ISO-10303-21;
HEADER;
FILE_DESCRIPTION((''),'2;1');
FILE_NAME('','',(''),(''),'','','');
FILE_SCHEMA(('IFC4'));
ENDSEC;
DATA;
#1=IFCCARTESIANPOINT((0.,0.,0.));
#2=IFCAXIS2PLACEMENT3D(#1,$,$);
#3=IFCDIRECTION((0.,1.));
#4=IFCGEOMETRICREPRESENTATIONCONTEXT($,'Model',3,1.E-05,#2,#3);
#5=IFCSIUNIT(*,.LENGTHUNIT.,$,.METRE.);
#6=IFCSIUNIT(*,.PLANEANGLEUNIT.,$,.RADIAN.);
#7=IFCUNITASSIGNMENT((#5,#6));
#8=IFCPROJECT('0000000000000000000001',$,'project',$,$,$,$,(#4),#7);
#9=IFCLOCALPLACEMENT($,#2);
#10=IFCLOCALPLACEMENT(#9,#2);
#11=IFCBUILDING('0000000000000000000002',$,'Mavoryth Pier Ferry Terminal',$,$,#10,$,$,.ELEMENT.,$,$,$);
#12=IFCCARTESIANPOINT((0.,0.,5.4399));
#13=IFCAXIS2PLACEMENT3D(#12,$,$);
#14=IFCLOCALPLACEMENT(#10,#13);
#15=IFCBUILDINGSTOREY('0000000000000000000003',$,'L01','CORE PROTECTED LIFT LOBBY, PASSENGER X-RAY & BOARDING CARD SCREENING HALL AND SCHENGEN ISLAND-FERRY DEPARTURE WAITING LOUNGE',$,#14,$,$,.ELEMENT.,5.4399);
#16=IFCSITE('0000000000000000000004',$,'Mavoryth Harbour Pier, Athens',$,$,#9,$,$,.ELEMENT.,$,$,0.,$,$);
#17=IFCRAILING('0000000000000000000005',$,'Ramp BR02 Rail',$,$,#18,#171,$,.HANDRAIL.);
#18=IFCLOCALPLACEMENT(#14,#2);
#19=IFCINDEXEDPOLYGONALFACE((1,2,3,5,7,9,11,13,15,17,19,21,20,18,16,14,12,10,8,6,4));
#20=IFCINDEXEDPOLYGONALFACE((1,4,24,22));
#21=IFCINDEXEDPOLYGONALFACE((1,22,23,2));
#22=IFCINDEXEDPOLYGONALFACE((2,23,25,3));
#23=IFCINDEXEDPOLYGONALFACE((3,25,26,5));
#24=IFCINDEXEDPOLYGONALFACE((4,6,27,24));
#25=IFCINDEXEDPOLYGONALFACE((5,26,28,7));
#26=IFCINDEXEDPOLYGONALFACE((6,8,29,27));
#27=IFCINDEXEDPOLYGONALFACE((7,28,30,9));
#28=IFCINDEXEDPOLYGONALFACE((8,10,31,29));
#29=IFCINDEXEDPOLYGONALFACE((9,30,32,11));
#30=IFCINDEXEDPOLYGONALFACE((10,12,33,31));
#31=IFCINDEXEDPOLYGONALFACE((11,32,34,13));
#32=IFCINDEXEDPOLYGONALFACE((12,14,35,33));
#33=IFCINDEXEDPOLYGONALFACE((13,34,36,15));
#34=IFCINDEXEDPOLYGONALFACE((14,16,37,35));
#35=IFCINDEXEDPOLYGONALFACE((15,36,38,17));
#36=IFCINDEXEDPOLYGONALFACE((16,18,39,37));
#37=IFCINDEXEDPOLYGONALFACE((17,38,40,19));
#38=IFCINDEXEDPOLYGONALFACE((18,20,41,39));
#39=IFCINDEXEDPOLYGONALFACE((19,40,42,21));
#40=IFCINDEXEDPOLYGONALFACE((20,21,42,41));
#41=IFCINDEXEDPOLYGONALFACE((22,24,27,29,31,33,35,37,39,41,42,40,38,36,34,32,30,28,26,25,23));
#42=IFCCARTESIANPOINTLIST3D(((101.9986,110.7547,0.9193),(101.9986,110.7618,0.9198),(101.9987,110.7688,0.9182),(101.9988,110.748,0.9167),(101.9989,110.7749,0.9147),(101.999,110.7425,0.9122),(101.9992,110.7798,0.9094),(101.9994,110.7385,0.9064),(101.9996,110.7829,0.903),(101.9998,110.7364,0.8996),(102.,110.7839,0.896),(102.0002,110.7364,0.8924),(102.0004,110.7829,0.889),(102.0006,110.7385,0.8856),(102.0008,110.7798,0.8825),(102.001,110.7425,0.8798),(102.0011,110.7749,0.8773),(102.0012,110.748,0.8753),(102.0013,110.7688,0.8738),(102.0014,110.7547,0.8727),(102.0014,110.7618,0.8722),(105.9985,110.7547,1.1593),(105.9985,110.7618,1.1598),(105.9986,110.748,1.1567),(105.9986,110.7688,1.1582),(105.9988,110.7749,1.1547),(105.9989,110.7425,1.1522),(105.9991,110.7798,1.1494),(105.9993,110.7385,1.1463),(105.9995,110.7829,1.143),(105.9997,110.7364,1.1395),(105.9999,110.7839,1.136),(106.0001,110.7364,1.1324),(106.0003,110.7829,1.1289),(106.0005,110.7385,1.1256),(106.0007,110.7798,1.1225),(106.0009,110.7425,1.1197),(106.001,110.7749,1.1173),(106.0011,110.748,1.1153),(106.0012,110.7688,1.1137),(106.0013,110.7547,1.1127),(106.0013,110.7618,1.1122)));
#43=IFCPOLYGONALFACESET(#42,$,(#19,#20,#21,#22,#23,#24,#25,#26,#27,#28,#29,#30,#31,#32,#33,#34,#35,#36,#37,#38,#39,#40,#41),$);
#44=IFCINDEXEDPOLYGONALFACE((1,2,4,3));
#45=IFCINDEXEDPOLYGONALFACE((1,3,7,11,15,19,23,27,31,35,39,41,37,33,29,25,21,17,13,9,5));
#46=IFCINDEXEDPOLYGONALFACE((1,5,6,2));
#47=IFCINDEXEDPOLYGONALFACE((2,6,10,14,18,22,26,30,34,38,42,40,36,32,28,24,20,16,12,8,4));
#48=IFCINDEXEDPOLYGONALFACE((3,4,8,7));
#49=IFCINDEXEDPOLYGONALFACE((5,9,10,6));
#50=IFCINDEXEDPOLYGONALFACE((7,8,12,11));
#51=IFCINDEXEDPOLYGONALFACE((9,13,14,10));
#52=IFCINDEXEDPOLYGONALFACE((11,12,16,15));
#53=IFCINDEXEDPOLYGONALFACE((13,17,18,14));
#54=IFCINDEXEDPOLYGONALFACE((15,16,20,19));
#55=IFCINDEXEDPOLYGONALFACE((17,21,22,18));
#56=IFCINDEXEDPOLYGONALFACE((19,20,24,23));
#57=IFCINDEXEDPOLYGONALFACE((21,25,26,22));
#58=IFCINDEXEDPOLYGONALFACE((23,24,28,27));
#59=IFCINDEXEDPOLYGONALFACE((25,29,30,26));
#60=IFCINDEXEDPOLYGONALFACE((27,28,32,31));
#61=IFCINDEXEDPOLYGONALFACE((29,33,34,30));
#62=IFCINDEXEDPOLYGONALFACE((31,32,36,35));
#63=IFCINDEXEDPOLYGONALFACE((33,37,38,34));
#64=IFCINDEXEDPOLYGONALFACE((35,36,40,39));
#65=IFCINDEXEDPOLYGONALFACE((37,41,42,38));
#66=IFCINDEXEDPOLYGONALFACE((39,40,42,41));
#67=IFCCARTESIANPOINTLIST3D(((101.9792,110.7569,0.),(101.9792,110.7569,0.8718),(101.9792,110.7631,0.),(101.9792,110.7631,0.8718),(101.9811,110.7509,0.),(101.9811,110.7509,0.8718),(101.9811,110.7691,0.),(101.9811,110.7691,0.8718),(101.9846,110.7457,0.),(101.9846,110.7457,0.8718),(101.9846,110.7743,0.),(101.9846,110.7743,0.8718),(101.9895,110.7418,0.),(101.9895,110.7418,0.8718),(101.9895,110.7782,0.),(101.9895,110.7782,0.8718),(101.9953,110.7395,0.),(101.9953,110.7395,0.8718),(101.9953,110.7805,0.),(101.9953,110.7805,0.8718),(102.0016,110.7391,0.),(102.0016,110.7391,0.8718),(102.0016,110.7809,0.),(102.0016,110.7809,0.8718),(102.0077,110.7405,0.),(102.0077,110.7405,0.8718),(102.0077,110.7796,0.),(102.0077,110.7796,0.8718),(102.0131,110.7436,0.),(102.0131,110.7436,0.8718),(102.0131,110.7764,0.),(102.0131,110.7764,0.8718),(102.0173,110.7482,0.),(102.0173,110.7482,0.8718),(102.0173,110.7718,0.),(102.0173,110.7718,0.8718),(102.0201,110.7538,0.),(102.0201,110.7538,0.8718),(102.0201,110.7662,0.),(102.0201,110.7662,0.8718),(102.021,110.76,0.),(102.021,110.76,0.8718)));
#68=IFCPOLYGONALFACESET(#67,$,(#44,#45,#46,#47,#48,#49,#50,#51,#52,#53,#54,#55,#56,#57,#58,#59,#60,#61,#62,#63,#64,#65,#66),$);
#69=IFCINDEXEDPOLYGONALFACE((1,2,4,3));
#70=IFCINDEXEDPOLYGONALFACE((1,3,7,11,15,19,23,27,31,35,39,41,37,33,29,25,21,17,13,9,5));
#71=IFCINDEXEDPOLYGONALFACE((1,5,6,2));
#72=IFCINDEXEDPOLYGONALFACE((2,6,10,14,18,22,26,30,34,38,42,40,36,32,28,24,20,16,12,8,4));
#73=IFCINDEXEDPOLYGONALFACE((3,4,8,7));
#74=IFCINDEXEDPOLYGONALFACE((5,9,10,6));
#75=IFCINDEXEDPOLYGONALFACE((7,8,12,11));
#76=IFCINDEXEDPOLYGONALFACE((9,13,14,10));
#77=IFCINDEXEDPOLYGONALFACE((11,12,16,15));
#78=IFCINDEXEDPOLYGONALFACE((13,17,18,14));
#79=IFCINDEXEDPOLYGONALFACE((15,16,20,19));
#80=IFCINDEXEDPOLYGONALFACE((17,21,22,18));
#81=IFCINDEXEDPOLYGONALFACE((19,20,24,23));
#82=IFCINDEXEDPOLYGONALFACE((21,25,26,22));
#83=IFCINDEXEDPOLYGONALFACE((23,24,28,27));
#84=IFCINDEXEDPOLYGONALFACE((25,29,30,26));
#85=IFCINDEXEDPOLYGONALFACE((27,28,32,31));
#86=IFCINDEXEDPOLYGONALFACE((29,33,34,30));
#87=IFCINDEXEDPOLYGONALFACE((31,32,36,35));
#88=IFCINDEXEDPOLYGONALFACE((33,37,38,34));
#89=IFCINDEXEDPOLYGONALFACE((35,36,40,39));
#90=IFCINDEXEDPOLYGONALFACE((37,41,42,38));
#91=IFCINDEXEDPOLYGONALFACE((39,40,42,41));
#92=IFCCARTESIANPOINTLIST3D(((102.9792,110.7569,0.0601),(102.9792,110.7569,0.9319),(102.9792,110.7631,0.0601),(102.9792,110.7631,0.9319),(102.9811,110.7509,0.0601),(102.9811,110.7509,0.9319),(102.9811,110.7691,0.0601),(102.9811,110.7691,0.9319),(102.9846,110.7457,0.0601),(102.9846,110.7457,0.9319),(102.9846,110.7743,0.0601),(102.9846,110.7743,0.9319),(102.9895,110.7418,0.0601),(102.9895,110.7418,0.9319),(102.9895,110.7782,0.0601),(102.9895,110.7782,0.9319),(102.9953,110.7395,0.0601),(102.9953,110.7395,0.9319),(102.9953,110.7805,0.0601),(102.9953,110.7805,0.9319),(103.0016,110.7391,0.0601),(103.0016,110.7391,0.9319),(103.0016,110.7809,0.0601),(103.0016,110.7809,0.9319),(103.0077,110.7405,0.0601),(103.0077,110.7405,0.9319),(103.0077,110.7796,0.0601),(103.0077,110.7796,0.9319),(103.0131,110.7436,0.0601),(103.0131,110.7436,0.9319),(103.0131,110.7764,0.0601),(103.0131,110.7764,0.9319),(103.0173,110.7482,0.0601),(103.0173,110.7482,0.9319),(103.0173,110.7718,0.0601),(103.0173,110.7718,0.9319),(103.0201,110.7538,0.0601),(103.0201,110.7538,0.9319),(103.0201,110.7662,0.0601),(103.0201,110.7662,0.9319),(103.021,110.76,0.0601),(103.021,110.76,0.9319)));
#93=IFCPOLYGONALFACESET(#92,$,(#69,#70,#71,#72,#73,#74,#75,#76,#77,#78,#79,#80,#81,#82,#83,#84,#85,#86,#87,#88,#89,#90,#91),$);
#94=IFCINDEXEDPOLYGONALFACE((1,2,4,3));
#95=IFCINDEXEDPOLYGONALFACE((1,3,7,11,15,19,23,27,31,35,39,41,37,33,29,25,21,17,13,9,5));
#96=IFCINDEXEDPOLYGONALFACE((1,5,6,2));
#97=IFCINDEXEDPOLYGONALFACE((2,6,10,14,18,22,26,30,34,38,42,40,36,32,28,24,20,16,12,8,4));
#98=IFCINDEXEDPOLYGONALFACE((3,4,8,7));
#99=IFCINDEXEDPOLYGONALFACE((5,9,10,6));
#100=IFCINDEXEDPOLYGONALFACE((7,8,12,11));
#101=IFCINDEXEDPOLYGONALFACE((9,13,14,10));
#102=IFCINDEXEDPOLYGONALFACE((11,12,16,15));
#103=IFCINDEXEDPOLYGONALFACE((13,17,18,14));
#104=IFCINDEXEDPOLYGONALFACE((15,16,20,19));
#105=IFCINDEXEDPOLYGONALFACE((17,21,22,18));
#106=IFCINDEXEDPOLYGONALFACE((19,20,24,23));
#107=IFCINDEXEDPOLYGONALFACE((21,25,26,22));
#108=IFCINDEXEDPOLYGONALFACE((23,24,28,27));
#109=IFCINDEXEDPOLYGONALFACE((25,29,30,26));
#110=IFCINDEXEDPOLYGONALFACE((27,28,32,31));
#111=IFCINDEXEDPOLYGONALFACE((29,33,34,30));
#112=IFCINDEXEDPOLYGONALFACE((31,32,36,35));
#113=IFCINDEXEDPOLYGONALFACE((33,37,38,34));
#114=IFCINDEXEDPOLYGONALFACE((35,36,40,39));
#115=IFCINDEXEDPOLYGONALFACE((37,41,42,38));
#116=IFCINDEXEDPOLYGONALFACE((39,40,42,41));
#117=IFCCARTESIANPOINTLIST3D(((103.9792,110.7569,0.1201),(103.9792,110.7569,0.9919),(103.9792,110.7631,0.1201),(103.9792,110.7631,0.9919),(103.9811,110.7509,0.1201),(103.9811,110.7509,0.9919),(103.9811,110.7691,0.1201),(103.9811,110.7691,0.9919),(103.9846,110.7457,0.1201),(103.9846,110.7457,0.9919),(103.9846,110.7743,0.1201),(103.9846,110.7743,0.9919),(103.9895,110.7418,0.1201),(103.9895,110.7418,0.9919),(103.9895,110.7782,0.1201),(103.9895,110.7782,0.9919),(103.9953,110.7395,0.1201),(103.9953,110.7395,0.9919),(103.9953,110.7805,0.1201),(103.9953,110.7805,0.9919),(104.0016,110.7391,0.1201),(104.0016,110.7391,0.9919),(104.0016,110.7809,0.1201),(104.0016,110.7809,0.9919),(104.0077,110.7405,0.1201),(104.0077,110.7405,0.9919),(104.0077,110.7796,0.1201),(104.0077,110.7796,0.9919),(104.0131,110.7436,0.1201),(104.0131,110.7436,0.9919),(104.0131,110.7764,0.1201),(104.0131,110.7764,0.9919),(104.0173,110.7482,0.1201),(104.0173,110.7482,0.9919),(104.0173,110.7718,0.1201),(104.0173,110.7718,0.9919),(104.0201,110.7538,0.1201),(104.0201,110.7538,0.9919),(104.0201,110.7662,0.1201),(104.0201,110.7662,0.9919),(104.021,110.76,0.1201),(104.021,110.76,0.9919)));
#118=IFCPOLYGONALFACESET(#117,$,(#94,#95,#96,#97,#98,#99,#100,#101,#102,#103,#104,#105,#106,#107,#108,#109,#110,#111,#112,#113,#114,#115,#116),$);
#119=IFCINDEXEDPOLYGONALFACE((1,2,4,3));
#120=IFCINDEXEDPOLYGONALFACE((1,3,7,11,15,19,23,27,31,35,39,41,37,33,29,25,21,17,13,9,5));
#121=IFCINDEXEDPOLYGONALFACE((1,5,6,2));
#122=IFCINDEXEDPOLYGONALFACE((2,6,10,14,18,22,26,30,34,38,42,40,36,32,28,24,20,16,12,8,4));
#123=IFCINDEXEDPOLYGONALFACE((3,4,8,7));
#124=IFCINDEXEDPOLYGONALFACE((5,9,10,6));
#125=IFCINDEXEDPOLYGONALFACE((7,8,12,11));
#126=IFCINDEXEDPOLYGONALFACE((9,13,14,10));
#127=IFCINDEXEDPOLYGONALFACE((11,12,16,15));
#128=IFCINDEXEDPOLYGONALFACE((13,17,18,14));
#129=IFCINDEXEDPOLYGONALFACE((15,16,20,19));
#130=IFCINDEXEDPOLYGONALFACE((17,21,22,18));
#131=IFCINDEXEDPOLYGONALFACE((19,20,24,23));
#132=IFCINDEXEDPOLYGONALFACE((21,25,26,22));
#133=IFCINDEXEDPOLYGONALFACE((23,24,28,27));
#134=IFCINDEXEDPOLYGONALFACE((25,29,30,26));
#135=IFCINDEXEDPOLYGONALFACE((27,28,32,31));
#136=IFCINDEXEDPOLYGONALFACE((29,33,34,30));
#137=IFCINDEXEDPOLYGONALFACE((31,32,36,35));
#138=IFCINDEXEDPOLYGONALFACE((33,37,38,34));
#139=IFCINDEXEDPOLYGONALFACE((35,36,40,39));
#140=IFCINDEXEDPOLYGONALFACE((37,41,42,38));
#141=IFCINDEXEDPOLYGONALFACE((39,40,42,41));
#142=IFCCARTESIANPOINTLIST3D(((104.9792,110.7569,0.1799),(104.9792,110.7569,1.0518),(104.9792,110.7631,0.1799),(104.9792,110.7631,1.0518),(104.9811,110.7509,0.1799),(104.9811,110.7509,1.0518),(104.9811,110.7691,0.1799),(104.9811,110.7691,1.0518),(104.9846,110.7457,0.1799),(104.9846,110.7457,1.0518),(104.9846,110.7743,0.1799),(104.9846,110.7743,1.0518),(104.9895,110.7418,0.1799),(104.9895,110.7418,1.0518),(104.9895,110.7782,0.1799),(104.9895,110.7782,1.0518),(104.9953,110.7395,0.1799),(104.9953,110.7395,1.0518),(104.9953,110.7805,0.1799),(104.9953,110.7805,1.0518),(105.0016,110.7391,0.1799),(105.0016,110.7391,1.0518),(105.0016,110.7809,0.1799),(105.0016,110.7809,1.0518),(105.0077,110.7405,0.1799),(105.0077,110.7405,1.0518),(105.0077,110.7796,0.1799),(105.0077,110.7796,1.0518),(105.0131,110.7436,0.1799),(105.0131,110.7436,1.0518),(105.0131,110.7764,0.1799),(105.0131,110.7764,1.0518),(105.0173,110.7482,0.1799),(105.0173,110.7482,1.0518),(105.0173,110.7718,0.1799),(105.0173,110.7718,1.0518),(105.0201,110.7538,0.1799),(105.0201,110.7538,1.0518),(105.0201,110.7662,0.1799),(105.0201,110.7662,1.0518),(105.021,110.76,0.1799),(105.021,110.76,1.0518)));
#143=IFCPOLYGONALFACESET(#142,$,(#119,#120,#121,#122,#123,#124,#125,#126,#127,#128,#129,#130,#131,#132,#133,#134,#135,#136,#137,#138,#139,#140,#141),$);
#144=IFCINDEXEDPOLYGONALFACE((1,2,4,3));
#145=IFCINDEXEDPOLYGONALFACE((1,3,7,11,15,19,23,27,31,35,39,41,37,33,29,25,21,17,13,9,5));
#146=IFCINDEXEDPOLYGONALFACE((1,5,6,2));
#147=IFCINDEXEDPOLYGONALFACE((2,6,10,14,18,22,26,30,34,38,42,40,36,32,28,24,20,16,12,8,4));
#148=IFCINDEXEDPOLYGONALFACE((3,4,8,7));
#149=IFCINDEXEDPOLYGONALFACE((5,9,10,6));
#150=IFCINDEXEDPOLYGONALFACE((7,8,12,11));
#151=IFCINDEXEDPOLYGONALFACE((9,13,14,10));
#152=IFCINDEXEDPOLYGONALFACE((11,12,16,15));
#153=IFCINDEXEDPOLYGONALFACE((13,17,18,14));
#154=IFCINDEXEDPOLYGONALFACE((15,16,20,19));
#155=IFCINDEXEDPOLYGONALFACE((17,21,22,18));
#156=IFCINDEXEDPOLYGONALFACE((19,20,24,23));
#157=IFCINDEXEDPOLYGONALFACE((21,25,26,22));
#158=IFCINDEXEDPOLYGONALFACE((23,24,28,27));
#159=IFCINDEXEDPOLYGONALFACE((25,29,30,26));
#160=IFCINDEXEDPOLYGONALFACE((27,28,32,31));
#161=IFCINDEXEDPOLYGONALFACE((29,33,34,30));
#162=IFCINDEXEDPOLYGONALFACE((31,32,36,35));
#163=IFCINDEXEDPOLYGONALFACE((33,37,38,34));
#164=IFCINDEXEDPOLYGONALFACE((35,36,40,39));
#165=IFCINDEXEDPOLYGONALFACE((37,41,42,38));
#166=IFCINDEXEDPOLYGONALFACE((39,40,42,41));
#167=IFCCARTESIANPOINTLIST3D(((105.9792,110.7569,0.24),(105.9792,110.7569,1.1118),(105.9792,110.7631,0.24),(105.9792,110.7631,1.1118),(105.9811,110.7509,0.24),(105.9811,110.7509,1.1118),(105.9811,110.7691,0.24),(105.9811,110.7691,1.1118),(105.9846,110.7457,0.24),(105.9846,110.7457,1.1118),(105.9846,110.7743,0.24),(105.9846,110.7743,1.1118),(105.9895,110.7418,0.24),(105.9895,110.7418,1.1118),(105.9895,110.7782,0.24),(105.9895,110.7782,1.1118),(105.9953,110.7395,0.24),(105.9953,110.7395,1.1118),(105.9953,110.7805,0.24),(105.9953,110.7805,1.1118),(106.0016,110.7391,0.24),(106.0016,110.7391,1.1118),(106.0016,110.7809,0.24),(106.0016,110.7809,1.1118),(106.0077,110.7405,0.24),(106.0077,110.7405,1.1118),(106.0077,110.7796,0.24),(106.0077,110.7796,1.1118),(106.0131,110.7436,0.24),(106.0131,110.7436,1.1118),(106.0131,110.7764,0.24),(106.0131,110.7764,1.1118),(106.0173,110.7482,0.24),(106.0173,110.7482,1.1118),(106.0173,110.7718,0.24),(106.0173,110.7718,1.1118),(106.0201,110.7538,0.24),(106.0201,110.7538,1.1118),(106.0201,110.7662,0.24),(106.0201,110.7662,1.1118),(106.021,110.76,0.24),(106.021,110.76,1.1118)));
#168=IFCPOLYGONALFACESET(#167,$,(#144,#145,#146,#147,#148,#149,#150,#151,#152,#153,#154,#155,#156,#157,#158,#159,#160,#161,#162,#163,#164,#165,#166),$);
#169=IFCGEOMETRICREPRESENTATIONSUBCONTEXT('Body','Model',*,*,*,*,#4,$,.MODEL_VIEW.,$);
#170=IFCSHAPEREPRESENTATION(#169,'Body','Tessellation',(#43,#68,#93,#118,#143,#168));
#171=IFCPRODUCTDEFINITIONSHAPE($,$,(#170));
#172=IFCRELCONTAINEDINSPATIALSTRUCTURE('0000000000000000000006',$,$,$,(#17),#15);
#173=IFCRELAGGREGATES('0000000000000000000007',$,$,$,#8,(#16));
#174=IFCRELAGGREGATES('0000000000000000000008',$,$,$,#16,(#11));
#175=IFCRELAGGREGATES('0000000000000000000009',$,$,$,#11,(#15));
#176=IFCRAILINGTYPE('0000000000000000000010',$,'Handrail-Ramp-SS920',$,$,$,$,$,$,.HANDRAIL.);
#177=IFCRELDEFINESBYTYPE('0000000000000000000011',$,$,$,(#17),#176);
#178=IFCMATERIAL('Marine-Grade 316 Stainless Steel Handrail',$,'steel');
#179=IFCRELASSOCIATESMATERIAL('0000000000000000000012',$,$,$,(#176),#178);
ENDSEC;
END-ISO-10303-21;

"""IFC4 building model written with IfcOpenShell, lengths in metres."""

from ifc_helpers import new_model, si_unit, direction, frame, origin, origin_2d, place, context, subcontext, project, spatial, circle, extrude, material, type_object, element, save


model = new_model("IFC4")

# Units and contexts
model_context = context("Model", 3, precision=1e-05, world=origin(), true_north=direction((0.0, 1.0)))
body_context = subcontext(model_context, "Body", "Model", "MODEL_VIEW")
ifc_project = project(units=[si_unit("LENGTHUNIT", "METRE"), si_unit("PLANEANGLEUNIT", "RADIAN")], contexts=[model_context])

# Site, building, storey
site_placement = place(None, origin())
site = spatial("IfcSite", under=ifc_project, at=site_placement, Name="Mavoryth Harbour Pier, Athens", CompositionType="ELEMENT", RefElevation=0.0)
building_placement = place(site_placement, origin())
building = spatial("IfcBuilding", under=site, at=building_placement, Name="Mavoryth Pier Ferry Terminal", CompositionType="ELEMENT")
storey_placement = place(building_placement, frame((0.0, 0.0, 5.4399)))
storey = spatial("IfcBuildingStorey", under=building, at=storey_placement, Name="L01", Description="CORE PROTECTED LIFT LOBBY, PASSENGER X-RAY & BOARDING CARD SCREENING HALL AND SCHENGEN ISLAND-FERRY DEPARTURE WAITING LOUNGE", CompositionType="ELEMENT", Elevation=5.4399)

# Railing
ifc_material_1 = material(Name="Marine-Grade 316 Stainless Steel Handrail", Category="steel")
railing_type = type_object("IfcRailingType", Name="Handrail-Ramp-SS920", PredefinedType="HANDRAIL", material=ifc_material_1)
for number, where, name in (
    (1, (102.0, 110.76, 0.0), "Ramp BR02 Rail"),
):
    element("IfcRailing", number, at=place(storey_placement, frame(where)), inside=storey, type_object=railing_type, Name=name, PredefinedType="HANDRAIL", context=body_context, shape_type="SweptSolid", body=[
        extrude(circle(Radius=0.0239, at=origin_2d()), frame((0.0, 0.0, 0.896), z_axis=(0.998205, 0.0, 0.05989), x_axis=(0.0, 1.0, 0.0)), (0.0, 0.0, 1.0), 4.0071),
        extrude(circle(Radius=0.021, at=origin_2d()), origin(), (0.0, 0.0, 1.0), 0.8718),
        extrude(circle(Radius=0.021, at=origin_2d()), frame((1.0, 0.0, 0.0601)), (0.0, 0.0, 1.0), 0.8718),
        extrude(circle(Radius=0.021, at=origin_2d()), frame((2.0, 0.0, 0.1201)), (0.0, 0.0, 1.0), 0.8718),
        extrude(circle(Radius=0.021, at=origin_2d()), frame((3.0, 0.0, 0.1799)), (0.0, 0.0, 1.0), 0.8718),
        extrude(circle(Radius=0.021, at=origin_2d()), frame((4.0, 0.0, 0.24)), (0.0, 0.0, 1.0), 0.8718),
    ])

save(model, "model.ifc")
